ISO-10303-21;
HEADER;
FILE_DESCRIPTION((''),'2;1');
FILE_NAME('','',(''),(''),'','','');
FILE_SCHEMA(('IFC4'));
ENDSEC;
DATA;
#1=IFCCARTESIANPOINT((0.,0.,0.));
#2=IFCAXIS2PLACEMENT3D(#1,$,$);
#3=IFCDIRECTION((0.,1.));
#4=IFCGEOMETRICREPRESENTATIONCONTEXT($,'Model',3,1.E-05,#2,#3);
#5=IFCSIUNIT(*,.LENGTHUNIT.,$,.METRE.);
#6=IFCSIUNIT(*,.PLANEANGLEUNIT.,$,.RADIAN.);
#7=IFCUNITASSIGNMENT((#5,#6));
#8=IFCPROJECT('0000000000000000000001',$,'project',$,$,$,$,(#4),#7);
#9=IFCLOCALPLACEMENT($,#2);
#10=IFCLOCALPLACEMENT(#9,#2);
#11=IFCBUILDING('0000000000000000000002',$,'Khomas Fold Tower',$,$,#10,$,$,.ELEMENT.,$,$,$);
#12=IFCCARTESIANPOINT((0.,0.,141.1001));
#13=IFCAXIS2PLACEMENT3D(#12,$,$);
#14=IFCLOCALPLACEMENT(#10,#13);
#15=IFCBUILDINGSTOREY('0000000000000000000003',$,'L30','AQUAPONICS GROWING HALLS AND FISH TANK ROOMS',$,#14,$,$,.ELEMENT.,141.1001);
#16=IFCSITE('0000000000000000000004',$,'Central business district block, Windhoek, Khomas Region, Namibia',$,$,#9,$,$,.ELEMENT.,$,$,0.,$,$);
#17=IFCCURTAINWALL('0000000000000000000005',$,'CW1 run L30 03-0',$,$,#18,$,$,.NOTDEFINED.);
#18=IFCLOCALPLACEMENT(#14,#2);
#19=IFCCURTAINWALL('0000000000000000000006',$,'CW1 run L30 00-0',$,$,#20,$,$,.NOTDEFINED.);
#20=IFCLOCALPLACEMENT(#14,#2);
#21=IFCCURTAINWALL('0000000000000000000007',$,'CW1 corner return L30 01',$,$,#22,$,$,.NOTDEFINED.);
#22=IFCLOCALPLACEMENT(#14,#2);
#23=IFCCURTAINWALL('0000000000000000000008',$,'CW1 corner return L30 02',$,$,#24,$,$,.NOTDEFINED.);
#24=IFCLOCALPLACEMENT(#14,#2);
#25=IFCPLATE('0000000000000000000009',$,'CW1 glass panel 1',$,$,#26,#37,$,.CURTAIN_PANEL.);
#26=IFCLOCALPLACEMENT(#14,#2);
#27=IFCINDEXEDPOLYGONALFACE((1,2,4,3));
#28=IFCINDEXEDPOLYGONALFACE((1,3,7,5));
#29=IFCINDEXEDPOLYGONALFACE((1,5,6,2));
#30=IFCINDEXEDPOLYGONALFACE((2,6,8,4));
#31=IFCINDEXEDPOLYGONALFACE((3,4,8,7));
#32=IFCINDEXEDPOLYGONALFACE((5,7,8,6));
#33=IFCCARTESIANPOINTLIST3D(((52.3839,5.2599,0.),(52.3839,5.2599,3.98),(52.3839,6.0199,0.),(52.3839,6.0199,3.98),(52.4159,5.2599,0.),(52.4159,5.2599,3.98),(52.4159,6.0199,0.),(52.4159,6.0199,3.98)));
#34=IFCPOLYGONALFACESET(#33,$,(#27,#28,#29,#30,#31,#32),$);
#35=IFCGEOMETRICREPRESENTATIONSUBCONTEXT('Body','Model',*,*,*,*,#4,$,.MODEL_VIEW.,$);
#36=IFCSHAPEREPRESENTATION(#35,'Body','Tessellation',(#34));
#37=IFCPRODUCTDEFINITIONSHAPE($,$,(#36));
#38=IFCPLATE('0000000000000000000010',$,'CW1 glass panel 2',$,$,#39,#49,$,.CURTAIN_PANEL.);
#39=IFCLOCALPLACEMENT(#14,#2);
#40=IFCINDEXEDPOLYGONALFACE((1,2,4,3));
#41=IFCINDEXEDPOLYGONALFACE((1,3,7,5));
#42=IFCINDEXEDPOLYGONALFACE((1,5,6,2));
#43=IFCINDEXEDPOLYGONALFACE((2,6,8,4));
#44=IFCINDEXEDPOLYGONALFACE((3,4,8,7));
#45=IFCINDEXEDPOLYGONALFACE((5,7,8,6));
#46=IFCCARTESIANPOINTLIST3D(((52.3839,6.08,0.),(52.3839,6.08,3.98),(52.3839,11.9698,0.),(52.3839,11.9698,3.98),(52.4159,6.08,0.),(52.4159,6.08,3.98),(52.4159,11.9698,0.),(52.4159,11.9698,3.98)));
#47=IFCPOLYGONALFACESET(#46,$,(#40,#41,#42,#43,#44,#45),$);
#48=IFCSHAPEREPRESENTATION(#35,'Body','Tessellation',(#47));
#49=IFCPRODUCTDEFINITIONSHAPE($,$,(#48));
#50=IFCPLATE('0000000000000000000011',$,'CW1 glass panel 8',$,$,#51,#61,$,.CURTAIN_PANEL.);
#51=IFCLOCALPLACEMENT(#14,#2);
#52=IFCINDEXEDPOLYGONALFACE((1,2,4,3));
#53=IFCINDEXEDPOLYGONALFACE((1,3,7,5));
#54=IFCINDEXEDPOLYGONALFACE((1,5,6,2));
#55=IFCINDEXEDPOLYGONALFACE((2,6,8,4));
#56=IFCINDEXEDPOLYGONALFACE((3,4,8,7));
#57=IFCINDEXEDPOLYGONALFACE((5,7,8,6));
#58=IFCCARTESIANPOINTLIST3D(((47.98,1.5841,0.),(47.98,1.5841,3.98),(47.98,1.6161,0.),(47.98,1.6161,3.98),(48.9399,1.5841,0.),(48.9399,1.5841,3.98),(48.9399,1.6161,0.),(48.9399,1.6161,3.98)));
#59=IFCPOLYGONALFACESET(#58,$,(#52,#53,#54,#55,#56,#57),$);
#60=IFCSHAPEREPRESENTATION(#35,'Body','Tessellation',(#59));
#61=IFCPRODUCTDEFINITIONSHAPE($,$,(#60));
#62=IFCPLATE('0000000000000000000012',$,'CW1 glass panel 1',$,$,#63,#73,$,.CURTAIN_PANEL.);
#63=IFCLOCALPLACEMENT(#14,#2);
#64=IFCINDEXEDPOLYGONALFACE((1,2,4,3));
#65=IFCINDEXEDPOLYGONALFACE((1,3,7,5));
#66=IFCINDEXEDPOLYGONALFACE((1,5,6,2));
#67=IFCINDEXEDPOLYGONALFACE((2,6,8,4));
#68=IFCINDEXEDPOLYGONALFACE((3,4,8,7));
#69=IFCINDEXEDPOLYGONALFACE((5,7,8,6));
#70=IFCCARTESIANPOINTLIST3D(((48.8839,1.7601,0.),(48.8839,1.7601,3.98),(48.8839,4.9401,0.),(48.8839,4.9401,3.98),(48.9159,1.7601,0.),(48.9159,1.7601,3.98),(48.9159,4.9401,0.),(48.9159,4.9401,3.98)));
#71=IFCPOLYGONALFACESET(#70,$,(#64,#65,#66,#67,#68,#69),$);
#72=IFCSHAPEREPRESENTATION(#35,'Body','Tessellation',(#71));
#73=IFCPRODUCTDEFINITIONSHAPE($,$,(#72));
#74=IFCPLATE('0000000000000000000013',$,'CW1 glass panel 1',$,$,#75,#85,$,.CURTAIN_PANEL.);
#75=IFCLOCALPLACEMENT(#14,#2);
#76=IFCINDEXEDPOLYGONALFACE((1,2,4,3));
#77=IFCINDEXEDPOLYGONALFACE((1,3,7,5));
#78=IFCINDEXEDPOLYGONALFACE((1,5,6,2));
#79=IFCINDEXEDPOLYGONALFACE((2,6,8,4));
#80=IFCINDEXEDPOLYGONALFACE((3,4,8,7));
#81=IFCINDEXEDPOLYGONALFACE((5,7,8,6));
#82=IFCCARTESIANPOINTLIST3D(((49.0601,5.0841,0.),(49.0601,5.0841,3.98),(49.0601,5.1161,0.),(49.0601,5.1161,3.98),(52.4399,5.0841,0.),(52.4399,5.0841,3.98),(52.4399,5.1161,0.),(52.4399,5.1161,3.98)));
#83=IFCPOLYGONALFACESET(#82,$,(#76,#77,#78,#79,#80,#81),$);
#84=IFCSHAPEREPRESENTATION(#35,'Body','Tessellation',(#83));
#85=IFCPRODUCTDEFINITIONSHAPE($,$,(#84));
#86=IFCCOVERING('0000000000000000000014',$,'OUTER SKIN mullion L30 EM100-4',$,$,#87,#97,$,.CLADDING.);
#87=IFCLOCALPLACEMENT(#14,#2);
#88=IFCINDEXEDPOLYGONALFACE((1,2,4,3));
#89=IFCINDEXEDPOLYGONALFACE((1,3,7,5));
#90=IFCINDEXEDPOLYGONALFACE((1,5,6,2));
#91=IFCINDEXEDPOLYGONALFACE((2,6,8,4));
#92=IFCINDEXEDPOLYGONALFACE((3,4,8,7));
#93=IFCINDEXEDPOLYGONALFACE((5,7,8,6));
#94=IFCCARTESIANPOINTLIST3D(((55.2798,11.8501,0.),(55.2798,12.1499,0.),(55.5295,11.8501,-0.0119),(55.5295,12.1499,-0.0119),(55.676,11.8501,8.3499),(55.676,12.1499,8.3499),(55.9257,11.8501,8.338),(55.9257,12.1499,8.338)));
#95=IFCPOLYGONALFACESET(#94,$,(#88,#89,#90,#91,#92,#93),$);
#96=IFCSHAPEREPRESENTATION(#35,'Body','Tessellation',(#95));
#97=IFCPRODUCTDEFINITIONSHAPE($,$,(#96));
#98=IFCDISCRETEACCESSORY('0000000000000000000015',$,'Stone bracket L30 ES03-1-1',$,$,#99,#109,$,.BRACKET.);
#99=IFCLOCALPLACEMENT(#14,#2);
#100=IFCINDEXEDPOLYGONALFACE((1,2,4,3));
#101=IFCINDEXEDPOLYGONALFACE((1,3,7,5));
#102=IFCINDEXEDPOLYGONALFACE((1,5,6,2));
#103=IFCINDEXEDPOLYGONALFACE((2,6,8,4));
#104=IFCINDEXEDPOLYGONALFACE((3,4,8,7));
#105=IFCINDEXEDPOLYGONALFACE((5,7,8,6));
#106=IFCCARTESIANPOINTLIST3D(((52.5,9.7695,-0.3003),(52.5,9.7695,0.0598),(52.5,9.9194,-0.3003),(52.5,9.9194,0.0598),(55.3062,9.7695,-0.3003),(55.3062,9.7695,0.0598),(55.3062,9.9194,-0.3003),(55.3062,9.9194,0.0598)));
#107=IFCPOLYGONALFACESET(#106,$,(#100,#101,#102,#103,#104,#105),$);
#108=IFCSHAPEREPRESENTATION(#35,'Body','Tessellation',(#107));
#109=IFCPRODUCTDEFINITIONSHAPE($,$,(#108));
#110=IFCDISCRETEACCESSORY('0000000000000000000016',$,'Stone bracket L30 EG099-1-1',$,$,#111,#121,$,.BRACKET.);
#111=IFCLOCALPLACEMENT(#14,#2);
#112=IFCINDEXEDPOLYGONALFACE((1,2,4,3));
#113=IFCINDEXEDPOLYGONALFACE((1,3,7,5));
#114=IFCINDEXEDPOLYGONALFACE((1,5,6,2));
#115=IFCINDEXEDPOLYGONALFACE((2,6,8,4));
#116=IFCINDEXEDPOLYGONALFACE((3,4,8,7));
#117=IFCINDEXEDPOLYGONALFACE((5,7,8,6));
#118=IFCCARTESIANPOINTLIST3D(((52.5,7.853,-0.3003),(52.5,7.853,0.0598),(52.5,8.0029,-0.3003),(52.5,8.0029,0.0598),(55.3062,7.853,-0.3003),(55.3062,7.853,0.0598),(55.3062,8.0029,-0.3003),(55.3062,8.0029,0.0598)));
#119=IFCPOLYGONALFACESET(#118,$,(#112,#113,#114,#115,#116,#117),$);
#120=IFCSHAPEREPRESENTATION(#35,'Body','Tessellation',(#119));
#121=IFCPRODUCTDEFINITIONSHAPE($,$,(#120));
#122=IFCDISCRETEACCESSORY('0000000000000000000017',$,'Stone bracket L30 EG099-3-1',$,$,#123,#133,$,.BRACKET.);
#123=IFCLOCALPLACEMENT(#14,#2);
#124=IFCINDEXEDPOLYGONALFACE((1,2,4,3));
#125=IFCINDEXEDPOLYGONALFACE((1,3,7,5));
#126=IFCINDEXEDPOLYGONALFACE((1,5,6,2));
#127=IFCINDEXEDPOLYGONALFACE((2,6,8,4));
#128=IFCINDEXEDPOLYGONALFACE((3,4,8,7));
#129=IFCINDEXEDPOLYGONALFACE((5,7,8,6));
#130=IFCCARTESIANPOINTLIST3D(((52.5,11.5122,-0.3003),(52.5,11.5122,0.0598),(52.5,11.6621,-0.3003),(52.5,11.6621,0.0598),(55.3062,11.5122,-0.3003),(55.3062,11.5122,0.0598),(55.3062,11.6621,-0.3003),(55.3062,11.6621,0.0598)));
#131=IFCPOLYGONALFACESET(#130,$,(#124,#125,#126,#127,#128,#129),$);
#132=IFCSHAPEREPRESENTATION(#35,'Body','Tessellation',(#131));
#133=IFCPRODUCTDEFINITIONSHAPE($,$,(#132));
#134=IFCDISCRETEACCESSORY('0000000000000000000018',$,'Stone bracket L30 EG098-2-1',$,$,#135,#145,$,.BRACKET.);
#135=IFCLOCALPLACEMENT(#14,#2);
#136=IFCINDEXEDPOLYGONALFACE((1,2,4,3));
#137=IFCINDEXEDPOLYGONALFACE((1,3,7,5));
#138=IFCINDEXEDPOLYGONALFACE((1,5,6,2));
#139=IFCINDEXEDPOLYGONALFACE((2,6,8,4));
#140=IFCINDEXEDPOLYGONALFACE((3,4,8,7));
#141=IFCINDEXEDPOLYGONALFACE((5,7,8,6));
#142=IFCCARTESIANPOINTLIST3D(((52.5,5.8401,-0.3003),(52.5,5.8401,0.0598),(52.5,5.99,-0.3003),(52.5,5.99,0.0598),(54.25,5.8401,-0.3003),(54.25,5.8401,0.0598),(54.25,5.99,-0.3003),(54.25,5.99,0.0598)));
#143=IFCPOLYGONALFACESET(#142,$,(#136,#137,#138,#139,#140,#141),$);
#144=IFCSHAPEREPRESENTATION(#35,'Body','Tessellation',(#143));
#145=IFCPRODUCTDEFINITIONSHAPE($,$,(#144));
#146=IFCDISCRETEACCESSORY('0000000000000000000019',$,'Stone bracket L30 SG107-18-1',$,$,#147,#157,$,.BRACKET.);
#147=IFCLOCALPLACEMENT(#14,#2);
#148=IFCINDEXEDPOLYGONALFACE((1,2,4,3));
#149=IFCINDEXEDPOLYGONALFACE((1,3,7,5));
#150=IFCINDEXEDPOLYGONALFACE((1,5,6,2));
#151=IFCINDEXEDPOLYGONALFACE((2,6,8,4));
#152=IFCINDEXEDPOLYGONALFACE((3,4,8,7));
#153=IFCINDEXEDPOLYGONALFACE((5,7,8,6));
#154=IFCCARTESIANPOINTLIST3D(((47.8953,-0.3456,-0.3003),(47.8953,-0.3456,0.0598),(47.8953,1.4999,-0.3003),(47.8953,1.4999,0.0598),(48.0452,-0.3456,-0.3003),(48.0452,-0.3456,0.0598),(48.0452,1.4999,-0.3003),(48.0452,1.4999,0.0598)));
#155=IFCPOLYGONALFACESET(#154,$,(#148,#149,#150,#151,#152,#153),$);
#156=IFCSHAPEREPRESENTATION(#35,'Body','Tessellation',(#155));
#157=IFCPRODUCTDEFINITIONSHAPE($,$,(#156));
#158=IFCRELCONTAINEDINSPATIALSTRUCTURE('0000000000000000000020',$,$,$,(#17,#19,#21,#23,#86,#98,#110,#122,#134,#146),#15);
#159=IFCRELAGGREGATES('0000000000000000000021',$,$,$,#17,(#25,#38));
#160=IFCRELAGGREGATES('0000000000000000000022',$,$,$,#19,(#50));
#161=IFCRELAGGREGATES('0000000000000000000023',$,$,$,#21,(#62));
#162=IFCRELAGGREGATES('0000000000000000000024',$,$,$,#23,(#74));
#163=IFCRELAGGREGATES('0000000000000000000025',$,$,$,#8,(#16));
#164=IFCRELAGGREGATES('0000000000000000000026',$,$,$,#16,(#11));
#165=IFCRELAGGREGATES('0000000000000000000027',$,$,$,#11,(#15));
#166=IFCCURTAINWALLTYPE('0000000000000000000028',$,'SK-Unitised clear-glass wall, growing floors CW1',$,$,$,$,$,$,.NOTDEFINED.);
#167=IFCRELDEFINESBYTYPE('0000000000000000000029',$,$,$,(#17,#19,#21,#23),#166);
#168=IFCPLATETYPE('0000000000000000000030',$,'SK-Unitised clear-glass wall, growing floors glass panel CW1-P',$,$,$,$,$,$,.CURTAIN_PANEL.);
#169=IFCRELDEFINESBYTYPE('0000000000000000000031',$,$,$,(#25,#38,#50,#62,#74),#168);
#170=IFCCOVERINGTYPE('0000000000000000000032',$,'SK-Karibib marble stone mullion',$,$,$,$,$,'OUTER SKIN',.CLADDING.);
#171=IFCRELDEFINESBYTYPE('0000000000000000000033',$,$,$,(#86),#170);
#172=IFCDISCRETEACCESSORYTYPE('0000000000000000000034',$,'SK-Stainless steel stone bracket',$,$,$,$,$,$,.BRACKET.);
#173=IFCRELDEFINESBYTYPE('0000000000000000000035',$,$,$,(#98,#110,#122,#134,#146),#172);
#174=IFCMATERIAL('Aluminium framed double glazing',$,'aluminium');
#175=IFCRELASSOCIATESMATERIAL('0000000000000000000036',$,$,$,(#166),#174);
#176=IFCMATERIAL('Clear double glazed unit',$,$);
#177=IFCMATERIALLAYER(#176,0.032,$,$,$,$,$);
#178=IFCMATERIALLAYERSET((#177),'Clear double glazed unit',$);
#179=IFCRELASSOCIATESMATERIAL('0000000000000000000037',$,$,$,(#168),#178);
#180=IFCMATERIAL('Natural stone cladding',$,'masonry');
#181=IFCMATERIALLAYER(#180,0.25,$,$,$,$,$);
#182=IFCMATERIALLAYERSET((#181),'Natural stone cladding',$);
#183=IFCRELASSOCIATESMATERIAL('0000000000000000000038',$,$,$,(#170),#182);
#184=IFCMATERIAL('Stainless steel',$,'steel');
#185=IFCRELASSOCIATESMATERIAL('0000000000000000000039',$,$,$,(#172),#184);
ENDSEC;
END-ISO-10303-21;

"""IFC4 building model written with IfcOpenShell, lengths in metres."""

from ifc_helpers import new_model, si_unit, direction, frame, origin, origin_2d, place, context, subcontext, project, spatial, polyline, rectangle, outline, extrude, source, transform, mapped, material, layer, layer_set, type_object, element, aggregate, save


model = new_model("IFC4")

# Units and contexts
model_context = context("Model", 3, precision=1e-05, world=origin(), true_north=direction((0.0, 1.0)))
body_context = subcontext(model_context, "Body", "Model", "MODEL_VIEW")
ifc_project = project(units=[si_unit("LENGTHUNIT", "METRE"), si_unit("PLANEANGLEUNIT", "RADIAN")], contexts=[model_context])

# Site, building, storey
site_placement = place(None, origin())
site = spatial("IfcSite", under=ifc_project, at=site_placement, Name="Central business district block, Windhoek, Khomas Region, Namibia", CompositionType="ELEMENT", RefElevation=0.0)
building_placement = place(site_placement, origin())
building = spatial("IfcBuilding", under=site, at=building_placement, Name="Khomas Fold Tower", CompositionType="ELEMENT")
storey_placement = place(building_placement, frame((0.0, 0.0, 141.1001)))
storey = spatial("IfcBuildingStorey", under=building, at=storey_placement, Name="L30", Description="AQUAPONICS GROWING HALLS AND FISH TANK ROOMS", CompositionType="ELEMENT", Elevation=141.1001)

# Curtain wall
ifc_material_1 = material(Name="Aluminium framed double glazing", Category="aluminium")
curtain_wall_type = type_object("IfcCurtainWallType", Name="SK-Unitised clear-glass wall, growing floors CW1", PredefinedType="NOTDEFINED", material=ifc_material_1)
curtain_wall_1_placement = place(storey_placement, origin())
curtain_wall_1 = element("IfcCurtainWall", 1, at=curtain_wall_1_placement, inside=storey, type_object=curtain_wall_type, Name="CW1 run L30 03-0", PredefinedType="NOTDEFINED")

# Curtain walls
curtain_wall_2_placement = place(storey_placement, origin())
curtain_wall_2 = element("IfcCurtainWall", 2, at=curtain_wall_2_placement, inside=storey, type_object=curtain_wall_type, Name="CW1 run L30 00-0", PredefinedType="NOTDEFINED")
curtain_wall_3_placement = place(storey_placement, origin())
curtain_wall_3 = element("IfcCurtainWall", 3, at=curtain_wall_3_placement, inside=storey, type_object=curtain_wall_type, Name="CW1 corner return L30 01", PredefinedType="NOTDEFINED")
curtain_wall_4_placement = place(storey_placement, origin())
curtain_wall_4 = element("IfcCurtainWall", 4, at=curtain_wall_4_placement, inside=storey, type_object=curtain_wall_type, Name="CW1 corner return L30 02", PredefinedType="NOTDEFINED")

# Plates
ifc_material_2 = material(Name="Clear double glazed unit")
ifc_layer_1 = layer(ifc_material_2, 0.032)
ifc_layer_set_1 = layer_set([ifc_layer_1], Name="Clear double glazed unit")
plate_type_1 = type_object("IfcPlateType", Name="SK-Unitised clear-glass wall, growing floors glass panel CW1-P", PredefinedType="CURTAIN_PANEL", material=ifc_layer_set_1)
shared_shape_1 = source(origin(), body_context, "Body", "SweptSolid", [
    extrude(rectangle(XDim=0.76, YDim=0.032, at=origin_2d()), origin(), (0.0, 0.0, 1.0), 3.98),
])
plate_1_placement = place(storey_placement, frame((52.3999, 5.6399, 0.0), z_axis=(0.0, 0.0, 1.0), x_axis=(0.0, 1.0, 0.0)))
plate_1 = element("IfcPlate", 5, at=plate_1_placement, type_object=plate_type_1, Name="CW1 glass panel 1", PredefinedType="CURTAIN_PANEL", context=body_context, shape_type="MappedRepresentation", body=[
    mapped(shared_shape_1, transform((0.0, 0.0, 0.0))),
])
shared_shape_2 = source(origin(), body_context, "Body", "SweptSolid", [
    extrude(rectangle(XDim=5.8899, YDim=0.032, at=origin_2d()), origin(), (0.0, 0.0, 1.0), 3.98),
])
plate_2_placement = place(storey_placement, frame((52.3999, 9.0249, 0.0), z_axis=(0.0, 0.0, 1.0), x_axis=(0.0, 1.0, 0.0)))
plate_2 = element("IfcPlate", 6, at=plate_2_placement, type_object=plate_type_1, Name="CW1 glass panel 2", PredefinedType="CURTAIN_PANEL", context=body_context, shape_type="MappedRepresentation", body=[
    mapped(shared_shape_2, transform((0.0, 0.0, 0.0))),
])
aggregate(curtain_wall_1, [plate_1, plate_2])
shared_shape_3 = source(origin(), body_context, "Body", "SweptSolid", [
    extrude(rectangle(XDim=0.96, YDim=0.032, at=origin_2d()), origin(), (0.0, 0.0, 1.0), 3.98),
])
plate_3_placement = place(storey_placement, frame((48.46, 1.6001, 0.0), z_axis=(0.0, 0.0, 1.0), x_axis=(1.0, 0.0, 0.0)))
plate_3 = element("IfcPlate", 7, at=plate_3_placement, type_object=plate_type_1, Name="CW1 glass panel 8", PredefinedType="CURTAIN_PANEL", context=body_context, shape_type="MappedRepresentation", body=[
    mapped(shared_shape_3, transform((0.0, 0.0, 0.0))),
])
aggregate(curtain_wall_2, [plate_3])
shared_shape_4 = source(origin(), body_context, "Body", "SweptSolid", [
    extrude(rectangle(XDim=3.1799, YDim=0.032, at=origin_2d()), origin(), (0.0, 0.0, 1.0), 3.98),
])
plate_4_placement = place(storey_placement, frame((48.8999, 3.3501, 0.0), z_axis=(0.0, 0.0, 1.0), x_axis=(0.0, 1.0, 0.0)))
plate_4 = element("IfcPlate", 8, at=plate_4_placement, type_object=plate_type_1, Name="CW1 glass panel 1", PredefinedType="CURTAIN_PANEL", context=body_context, shape_type="MappedRepresentation", body=[
    mapped(shared_shape_4, transform((0.0, 0.0, 0.0))),
])
aggregate(curtain_wall_3, [plate_4])
shared_shape_5 = source(origin(), body_context, "Body", "SweptSolid", [
    extrude(rectangle(XDim=3.3799, YDim=0.032, at=origin_2d()), origin(), (0.0, 0.0, 1.0), 3.98),
])
plate_5_placement = place(storey_placement, frame((50.75, 5.1001, 0.0), z_axis=(0.0, 0.0, 1.0), x_axis=(1.0, 0.0, 0.0)))
plate_5 = element("IfcPlate", 9, at=plate_5_placement, type_object=plate_type_1, Name="CW1 glass panel 1", PredefinedType="CURTAIN_PANEL", context=body_context, shape_type="MappedRepresentation", body=[
    mapped(shared_shape_5, transform((0.0, 0.0, 0.0))),
])
aggregate(curtain_wall_4, [plate_5])

# Covering
ifc_material_3 = material(Name="Natural stone cladding", Category="masonry")
ifc_layer_2 = layer(ifc_material_3, 0.25)
ifc_layer_set_2 = layer_set([ifc_layer_2], Name="Natural stone cladding")
covering_type_1 = type_object("IfcCoveringType", Name="SK-Karibib marble stone mullion", ElementType="OUTER SKIN", PredefinedType="CLADDING", material=ifc_layer_set_2)
covering_1_placement = place(storey_placement, frame((55.2798, 11.8501, 0.0), z_axis=(-0.998876, 0.0, 0.047401), x_axis=(0.047401, 0.0, 0.998876)))
element("IfcCovering", 10, at=covering_1_placement, inside=storey, type_object=covering_type_1, Name="OUTER SKIN mullion L30 EM100-4", PredefinedType="CLADDING", context=body_context, shape_type="SweptSolid", body=[
    extrude(outline(polyline([(0.0, 0.0), (8.3592, 0.0), (8.3592, 0.2998), (0.0, 0.2998), (0.0, 0.0)])), origin(), (0.0, 0.0, -1.0), 0.25),
])

# Discrete accessories
ifc_material_4 = material(Name="Stainless steel", Category="steel")
discrete_accessory_type = type_object("IfcDiscreteAccessoryType", Name="SK-Stainless steel stone bracket", PredefinedType="BRACKET", material=ifc_material_4)
shared_shape_6 = source(origin(), body_context, "Body", "SweptSolid", [
    extrude(rectangle(XDim=2.8062, YDim=0.1499, at=origin_2d()), origin(), (0.0, 0.0, 1.0), 0.3601),
])
for number, where, z_axis, x_axis, name in (
    (11, (53.9031, 9.8445, -0.3003), (0.0, 0.0, 1.0), (1.0, 0.0, 0.0), "Stone bracket L30 ES03-1-1"),
    (12, (53.9031, 7.928, -0.3003), (0.0, 0.0, 1.0), (1.0, 0.0, 0.0), "Stone bracket L30 EG099-1-1"),
    (13, (53.9031, 11.5872, -0.3003), (0.0, 0.0, 1.0), (1.0, 0.0, 0.0), "Stone bracket L30 EG099-3-1"),
):
    element("IfcDiscreteAccessory", number, at=place(storey_placement, frame(where, z_axis=z_axis, x_axis=x_axis)), inside=storey, type_object=discrete_accessory_type, Name=name, PredefinedType="BRACKET", context=body_context, shape_type="MappedRepresentation", body=[
        mapped(shared_shape_6, transform((0.0, 0.0, 0.0))),
    ])
shared_shape_7 = source(origin(), body_context, "Body", "SweptSolid", [
    extrude(rectangle(XDim=1.75, YDim=0.1499, at=origin_2d()), origin(), (0.0, 0.0, 1.0), 0.3601),
])
discrete_accessory_1_placement = place(storey_placement, frame((53.375, 5.915, -0.3003), z_axis=(0.0, 0.0, 1.0), x_axis=(1.0, 0.0, 0.0)))
element("IfcDiscreteAccessory", 14, at=discrete_accessory_1_placement, inside=storey, type_object=discrete_accessory_type, Name="Stone bracket L30 EG098-2-1", PredefinedType="BRACKET", context=body_context, shape_type="MappedRepresentation", body=[
    mapped(shared_shape_7, transform((0.0, 0.0, 0.0))),
])
shared_shape_8 = source(origin(), body_context, "Body", "SweptSolid", [
    extrude(rectangle(XDim=1.8455, YDim=0.1499, at=origin_2d()), origin(), (0.0, 0.0, 1.0), 0.3601),
])
discrete_accessory_2_placement = place(storey_placement, frame((47.9702, 0.5771, -0.3003), z_axis=(0.0, 0.0, 1.0), x_axis=(0.0, -1.0, 0.0)))
element("IfcDiscreteAccessory", 15, at=discrete_accessory_2_placement, inside=storey, type_object=discrete_accessory_type, Name="Stone bracket L30 SG107-18-1", PredefinedType="BRACKET", context=body_context, shape_type="MappedRepresentation", body=[
    mapped(shared_shape_8, transform((0.0, 0.0, 0.0))),
])

save(model, "model.ifc")
